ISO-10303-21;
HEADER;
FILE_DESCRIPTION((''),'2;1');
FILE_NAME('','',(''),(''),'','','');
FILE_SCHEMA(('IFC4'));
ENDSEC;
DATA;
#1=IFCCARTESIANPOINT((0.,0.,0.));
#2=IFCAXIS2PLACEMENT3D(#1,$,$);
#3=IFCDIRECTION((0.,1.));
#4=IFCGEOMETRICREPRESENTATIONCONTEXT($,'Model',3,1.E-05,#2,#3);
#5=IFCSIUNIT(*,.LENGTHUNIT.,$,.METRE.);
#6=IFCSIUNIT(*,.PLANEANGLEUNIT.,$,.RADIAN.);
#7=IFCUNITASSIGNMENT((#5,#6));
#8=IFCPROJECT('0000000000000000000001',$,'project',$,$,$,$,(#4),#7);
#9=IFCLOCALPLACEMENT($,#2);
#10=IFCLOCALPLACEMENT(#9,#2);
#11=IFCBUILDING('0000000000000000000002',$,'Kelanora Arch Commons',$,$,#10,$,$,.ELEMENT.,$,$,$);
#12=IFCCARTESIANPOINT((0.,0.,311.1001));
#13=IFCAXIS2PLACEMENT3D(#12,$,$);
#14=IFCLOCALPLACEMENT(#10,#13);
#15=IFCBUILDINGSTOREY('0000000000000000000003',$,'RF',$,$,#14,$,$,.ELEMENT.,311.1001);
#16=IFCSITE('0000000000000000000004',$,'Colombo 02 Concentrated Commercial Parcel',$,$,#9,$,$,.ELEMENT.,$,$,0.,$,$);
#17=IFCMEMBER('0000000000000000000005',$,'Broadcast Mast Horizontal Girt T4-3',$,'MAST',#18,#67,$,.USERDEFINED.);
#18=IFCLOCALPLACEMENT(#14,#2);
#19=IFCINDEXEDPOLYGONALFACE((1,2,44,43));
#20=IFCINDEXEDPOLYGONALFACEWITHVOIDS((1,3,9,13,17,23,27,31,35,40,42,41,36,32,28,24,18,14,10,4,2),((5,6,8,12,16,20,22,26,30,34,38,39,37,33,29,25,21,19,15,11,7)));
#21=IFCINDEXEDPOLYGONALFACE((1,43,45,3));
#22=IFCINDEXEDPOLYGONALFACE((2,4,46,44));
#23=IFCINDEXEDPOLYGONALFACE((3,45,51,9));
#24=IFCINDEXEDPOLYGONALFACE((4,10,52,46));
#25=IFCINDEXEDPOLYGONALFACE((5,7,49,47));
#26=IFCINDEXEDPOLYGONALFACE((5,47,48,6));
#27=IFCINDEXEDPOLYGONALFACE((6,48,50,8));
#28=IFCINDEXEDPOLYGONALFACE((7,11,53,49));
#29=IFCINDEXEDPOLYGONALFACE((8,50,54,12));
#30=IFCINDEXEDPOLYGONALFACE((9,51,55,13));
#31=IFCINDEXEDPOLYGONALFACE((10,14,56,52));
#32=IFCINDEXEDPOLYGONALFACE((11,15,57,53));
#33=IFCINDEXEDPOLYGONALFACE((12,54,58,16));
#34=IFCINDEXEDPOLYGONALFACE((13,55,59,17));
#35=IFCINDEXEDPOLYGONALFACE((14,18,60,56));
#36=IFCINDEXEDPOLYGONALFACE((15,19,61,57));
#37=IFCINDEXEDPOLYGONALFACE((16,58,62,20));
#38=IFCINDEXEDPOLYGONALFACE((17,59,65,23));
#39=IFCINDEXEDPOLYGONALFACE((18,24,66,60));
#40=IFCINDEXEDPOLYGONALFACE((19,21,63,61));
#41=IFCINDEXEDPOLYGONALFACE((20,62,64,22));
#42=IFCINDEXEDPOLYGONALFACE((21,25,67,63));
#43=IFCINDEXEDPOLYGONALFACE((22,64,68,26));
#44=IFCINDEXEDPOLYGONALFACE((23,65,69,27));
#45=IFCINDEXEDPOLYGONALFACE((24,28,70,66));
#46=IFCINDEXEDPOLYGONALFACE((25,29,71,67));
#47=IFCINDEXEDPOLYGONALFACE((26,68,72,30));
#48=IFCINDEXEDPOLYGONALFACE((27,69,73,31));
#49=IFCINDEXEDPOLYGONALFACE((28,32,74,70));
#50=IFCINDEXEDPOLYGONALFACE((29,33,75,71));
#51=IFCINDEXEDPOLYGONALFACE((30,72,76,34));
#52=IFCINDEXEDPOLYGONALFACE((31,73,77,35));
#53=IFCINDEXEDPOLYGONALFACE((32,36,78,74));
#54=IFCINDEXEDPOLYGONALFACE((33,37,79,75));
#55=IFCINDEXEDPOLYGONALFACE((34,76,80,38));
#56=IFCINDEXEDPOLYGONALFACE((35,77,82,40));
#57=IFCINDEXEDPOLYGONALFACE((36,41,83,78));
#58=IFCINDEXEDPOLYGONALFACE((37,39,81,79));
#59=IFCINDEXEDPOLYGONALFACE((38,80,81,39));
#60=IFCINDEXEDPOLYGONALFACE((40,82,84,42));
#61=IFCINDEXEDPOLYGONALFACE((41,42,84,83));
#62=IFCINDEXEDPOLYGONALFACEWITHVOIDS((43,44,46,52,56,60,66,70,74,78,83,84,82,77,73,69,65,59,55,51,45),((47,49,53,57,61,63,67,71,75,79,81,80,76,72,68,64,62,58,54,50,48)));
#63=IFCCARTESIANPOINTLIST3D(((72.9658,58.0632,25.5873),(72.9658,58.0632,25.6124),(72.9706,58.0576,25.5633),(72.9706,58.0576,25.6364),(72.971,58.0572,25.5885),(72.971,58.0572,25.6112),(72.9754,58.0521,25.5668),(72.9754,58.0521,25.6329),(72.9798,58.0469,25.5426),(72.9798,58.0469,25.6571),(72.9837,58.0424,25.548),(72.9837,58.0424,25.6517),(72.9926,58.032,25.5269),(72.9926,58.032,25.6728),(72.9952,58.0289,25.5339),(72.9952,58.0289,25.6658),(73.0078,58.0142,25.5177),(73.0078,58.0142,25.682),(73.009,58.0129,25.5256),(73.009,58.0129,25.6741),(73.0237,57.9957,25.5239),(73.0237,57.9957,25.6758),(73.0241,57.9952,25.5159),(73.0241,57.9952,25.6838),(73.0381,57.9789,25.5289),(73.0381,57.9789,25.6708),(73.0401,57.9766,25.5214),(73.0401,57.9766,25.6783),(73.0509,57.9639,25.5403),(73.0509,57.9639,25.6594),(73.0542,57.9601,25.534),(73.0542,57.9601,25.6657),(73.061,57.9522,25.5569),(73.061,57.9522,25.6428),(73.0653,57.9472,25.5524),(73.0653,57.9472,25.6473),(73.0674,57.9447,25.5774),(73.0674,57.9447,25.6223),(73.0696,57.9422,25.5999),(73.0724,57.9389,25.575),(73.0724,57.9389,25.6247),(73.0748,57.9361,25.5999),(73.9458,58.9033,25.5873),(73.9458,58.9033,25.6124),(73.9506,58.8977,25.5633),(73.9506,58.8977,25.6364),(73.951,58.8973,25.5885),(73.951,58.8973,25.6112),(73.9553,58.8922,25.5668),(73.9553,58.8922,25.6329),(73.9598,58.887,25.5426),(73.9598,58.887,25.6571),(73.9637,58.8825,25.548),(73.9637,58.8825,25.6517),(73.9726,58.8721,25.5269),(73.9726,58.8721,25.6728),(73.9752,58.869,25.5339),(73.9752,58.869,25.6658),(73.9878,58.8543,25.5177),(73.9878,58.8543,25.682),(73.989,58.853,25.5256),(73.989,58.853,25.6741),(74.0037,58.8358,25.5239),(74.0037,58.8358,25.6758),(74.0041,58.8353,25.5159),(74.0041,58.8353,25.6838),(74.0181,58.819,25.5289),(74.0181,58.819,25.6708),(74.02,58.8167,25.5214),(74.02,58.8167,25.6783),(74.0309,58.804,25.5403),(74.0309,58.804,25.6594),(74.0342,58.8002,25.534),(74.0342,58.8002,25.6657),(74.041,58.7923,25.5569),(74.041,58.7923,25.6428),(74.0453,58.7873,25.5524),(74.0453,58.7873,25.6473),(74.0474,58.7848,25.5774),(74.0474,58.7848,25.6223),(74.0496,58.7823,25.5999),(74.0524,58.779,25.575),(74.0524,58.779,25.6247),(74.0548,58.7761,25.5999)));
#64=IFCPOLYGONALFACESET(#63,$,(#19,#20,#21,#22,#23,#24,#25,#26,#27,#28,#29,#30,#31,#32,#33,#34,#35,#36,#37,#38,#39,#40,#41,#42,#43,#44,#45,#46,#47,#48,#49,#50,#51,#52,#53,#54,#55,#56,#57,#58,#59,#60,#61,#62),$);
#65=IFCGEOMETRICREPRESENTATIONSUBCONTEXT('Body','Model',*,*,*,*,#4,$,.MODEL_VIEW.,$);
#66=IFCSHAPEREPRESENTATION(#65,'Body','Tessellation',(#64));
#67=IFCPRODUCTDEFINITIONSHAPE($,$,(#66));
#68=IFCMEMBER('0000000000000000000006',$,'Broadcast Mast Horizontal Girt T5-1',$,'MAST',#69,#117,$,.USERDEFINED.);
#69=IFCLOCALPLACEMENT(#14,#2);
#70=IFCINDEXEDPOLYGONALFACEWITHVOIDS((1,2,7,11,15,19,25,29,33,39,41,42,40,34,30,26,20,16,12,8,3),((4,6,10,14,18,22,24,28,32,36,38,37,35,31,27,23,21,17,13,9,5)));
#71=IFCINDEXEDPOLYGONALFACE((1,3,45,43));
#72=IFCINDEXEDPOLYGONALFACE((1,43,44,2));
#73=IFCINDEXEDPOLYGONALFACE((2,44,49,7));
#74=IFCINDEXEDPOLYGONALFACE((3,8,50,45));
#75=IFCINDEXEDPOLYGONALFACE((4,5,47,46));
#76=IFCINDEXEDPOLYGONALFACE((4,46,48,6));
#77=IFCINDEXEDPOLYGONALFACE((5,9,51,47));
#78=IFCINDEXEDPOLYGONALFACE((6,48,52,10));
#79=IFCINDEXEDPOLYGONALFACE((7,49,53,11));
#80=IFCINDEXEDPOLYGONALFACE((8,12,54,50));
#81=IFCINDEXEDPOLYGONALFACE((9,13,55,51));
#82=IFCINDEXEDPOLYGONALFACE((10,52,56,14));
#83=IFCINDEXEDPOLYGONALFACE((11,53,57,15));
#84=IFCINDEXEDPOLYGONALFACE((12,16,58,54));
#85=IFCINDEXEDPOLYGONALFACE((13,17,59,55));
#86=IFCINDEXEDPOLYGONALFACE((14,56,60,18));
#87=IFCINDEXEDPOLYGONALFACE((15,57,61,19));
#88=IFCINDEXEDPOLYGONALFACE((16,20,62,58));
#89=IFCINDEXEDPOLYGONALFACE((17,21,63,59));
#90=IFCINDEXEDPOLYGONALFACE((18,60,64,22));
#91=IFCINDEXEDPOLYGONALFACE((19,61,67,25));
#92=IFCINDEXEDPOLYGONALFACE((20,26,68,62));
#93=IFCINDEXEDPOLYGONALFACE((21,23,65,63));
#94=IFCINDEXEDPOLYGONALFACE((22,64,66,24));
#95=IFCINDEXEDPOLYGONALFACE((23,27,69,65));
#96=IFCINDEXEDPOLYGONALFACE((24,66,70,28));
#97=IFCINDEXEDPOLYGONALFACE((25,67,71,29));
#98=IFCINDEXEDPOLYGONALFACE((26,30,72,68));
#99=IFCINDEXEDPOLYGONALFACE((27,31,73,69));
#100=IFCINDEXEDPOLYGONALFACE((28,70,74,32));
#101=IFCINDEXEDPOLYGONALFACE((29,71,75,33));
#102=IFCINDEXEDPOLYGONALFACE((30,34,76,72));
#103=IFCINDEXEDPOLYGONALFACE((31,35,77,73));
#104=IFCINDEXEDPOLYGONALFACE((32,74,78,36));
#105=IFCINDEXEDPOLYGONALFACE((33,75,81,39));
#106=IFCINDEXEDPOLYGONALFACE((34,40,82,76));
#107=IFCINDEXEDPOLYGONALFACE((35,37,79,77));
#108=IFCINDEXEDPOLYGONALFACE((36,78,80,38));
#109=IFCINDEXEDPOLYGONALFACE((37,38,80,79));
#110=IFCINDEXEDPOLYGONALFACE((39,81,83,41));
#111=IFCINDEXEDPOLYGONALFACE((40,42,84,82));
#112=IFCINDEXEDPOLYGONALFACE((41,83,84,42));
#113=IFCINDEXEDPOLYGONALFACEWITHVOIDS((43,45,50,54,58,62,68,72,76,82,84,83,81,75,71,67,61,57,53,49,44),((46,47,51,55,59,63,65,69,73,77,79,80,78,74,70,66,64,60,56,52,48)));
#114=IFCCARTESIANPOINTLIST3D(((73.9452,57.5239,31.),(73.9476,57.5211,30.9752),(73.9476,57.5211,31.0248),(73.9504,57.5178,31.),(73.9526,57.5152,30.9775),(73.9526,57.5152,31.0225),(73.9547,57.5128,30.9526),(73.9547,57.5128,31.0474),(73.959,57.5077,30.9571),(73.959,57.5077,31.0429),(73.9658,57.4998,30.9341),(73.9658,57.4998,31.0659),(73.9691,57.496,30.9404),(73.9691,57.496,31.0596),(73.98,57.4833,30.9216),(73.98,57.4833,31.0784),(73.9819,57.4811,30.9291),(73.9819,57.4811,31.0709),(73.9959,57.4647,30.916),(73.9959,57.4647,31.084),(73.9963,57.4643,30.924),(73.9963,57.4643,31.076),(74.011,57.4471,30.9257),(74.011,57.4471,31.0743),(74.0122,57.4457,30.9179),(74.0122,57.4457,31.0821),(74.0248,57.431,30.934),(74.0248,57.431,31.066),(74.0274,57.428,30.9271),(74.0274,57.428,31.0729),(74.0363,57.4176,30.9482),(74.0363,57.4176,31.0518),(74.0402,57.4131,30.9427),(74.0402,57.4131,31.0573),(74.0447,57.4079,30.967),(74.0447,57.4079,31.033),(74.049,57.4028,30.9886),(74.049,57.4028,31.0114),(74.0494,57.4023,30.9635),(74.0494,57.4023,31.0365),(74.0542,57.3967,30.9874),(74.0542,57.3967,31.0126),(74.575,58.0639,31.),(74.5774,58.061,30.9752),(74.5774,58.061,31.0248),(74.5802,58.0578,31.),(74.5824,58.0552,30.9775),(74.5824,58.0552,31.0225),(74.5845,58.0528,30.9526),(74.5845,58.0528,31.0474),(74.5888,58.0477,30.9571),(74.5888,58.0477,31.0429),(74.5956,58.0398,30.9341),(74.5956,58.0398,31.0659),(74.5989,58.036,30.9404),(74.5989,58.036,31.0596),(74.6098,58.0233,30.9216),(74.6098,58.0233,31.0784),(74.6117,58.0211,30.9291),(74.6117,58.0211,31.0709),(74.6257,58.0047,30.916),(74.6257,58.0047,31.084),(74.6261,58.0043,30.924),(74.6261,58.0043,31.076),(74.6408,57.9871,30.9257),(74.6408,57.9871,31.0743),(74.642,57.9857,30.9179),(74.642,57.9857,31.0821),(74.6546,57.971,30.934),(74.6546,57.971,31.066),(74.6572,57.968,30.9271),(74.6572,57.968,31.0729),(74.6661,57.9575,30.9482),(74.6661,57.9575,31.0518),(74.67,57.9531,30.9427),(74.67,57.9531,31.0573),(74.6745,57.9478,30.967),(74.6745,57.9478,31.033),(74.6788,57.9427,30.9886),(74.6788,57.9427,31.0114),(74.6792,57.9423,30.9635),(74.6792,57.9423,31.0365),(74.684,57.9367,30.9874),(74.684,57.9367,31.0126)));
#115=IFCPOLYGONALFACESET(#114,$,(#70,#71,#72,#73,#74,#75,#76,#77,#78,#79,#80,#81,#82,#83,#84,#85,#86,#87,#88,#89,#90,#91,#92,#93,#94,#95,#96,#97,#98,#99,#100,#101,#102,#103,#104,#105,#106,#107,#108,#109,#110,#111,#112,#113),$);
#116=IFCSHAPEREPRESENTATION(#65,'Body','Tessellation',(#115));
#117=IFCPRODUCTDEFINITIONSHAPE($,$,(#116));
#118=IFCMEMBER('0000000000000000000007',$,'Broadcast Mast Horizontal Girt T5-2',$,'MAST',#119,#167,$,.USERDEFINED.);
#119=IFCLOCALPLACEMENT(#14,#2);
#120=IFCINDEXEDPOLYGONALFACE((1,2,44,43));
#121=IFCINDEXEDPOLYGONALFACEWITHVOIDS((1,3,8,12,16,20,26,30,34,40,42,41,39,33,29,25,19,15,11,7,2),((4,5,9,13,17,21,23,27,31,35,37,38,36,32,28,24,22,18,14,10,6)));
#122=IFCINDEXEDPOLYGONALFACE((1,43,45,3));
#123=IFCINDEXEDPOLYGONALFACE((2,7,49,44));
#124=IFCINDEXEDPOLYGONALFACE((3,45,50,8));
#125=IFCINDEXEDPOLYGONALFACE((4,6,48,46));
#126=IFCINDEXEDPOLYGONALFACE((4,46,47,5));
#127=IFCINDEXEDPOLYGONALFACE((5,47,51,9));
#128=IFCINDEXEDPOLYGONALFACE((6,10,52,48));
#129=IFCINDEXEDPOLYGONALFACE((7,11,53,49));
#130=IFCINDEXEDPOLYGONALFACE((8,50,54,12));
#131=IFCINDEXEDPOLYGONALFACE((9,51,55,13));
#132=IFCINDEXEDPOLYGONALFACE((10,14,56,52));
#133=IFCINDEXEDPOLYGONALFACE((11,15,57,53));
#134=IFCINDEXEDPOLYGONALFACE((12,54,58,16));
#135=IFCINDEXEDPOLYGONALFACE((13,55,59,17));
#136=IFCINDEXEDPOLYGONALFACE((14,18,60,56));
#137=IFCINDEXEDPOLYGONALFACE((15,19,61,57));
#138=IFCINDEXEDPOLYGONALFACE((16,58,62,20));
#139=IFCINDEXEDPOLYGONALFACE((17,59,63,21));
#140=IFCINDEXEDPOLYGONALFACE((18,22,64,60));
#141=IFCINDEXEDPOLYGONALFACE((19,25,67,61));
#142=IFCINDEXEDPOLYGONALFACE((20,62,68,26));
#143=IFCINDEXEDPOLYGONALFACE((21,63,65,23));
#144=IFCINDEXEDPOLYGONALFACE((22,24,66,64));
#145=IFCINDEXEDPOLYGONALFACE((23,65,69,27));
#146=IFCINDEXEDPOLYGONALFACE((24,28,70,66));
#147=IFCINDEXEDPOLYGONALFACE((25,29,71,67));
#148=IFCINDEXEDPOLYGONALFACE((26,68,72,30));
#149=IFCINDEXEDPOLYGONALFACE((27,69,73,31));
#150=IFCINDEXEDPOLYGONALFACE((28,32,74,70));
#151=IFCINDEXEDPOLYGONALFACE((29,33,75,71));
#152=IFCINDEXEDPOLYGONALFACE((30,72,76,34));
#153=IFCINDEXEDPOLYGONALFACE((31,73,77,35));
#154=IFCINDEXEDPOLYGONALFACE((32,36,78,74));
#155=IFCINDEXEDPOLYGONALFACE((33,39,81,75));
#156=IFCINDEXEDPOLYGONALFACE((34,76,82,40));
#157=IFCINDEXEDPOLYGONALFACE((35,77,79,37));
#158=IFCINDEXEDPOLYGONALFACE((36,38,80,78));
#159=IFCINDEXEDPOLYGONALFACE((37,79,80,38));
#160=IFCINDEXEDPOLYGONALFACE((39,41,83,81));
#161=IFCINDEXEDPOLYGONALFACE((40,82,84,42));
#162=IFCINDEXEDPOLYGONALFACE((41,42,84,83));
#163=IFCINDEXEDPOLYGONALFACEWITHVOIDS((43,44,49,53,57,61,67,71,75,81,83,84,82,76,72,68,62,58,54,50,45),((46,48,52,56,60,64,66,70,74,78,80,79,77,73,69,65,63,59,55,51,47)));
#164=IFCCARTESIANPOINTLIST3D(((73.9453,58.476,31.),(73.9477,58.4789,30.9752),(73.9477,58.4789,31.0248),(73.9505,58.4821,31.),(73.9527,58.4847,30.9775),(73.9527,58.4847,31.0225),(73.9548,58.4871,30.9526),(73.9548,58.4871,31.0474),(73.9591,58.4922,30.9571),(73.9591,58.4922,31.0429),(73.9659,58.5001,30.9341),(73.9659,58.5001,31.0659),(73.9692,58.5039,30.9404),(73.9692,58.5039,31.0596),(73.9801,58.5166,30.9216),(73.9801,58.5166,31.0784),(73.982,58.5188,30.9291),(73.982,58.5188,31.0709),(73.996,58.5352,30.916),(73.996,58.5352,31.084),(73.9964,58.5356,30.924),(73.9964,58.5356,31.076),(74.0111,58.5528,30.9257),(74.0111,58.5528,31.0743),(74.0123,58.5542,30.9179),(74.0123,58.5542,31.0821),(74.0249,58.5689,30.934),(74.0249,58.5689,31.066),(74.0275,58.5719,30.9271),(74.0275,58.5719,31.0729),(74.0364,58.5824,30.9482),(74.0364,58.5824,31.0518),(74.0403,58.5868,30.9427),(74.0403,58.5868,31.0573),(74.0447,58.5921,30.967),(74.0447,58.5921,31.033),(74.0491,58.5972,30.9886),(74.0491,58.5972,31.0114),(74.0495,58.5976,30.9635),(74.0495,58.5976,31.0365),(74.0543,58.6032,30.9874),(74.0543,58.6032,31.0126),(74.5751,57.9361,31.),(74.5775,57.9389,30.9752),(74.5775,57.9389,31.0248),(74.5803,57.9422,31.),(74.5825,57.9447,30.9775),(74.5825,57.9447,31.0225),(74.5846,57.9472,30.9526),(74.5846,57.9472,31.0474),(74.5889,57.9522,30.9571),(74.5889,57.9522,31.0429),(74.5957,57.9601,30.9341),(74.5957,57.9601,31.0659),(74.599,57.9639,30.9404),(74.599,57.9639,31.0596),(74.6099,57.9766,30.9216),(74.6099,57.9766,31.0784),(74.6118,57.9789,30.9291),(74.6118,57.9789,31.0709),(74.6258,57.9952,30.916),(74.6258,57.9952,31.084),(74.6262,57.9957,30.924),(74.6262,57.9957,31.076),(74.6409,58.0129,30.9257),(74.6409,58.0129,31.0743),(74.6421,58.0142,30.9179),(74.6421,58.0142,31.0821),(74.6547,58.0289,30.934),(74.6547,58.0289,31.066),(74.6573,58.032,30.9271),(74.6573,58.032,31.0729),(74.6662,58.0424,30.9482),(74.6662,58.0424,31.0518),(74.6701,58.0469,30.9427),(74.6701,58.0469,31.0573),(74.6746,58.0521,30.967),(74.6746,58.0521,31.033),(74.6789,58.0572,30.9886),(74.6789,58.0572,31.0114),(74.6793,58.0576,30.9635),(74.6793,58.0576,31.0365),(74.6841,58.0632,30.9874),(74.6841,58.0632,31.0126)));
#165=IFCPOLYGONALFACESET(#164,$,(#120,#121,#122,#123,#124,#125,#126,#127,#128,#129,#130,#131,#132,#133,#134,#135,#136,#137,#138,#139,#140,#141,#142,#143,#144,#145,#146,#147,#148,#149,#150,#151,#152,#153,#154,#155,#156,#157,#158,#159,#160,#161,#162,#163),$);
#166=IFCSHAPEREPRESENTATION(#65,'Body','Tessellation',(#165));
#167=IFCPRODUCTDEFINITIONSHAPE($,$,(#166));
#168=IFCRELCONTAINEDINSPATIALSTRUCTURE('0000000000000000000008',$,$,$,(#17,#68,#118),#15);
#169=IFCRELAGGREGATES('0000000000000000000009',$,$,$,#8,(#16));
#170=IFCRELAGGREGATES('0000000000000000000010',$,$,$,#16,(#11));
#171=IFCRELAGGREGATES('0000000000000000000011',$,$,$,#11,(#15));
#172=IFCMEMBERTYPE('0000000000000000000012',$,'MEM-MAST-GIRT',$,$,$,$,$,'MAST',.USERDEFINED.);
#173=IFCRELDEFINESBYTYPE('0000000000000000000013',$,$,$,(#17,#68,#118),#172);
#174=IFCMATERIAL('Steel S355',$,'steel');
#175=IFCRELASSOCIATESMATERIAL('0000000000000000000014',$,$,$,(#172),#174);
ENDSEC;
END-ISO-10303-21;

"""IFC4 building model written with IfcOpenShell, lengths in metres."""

from ifc_helpers import new_model, si_unit, direction, frame, origin, origin_2d, place, context, subcontext, project, spatial, hollow_circle, extrude, material, material_profile, profile_set, type_object, element, save


model = new_model("IFC4")

# Units and contexts
model_context = context("Model", 3, precision=1e-05, world=origin(), true_north=direction((0.0, 1.0)))
body_context = subcontext(model_context, "Body", "Model", "MODEL_VIEW")
ifc_project = project(units=[si_unit("LENGTHUNIT", "METRE"), si_unit("PLANEANGLEUNIT", "RADIAN")], contexts=[model_context])

# Site, building, storey
site_placement = place(None, origin())
site = spatial("IfcSite", under=ifc_project, at=site_placement, Name="Colombo 02 Concentrated Commercial Parcel", CompositionType="ELEMENT", RefElevation=0.0)
building_placement = place(site_placement, origin())
building = spatial("IfcBuilding", under=site, at=building_placement, Name="Kelanora Arch Commons", CompositionType="ELEMENT")
storey_placement = place(building_placement, frame((0.0, 0.0, 311.1001)))
storey = spatial("IfcBuildingStorey", under=building, at=storey_placement, Name="RF", CompositionType="ELEMENT", Elevation=311.1001)

# Members
ifc_material = material(Name="Steel S355", Category="steel")
ifc_material_profile_1 = material_profile(ifc_material, hollow_circle(Radius=0.0842, WallThickness=0.0081, at=origin_2d()), Name="CHS168.3x8")
ifc_profile_set_1 = profile_set([ifc_material_profile_1], Name="Steel S355")
member_type_1 = type_object("IfcMemberType", Name="MEM-MAST-GIRT", ElementType="MAST", PredefinedType="USERDEFINED", material=ifc_profile_set_1)
for number, where, z_axis, x_axis, name in (
    (1, (74.0, 58.8401, 25.5999), (-0.759217, -0.650838, 0.0), (0.650838, -0.759217, 0.0), "Broadcast Mast Horizontal Girt T4-3"),
):
    element("IfcMember", number, at=place(storey_placement, frame(where, z_axis=z_axis, x_axis=x_axis)), inside=storey, type_object=member_type_1, Name=name, ObjectType="MAST", PredefinedType="USERDEFINED", context=body_context, shape_type="SweptSolid", body=[
        extrude(hollow_circle(Radius=0.0842, WallThickness=0.0081, at=origin_2d()), origin(), (0.0, 0.0, 1.0), 1.2908),
    ])
for number, where, z_axis, x_axis, name in (
    (2, (74.0, 57.46, 31.0), (0.759174, 0.650888, 0.0), (-0.650888, 0.759174, 0.0), "Broadcast Mast Horizontal Girt T5-1"),
    (3, (74.6299, 58.0, 31.0), (-0.759174, 0.650888, 0.0), (-0.650888, -0.759174, 0.0), "Broadcast Mast Horizontal Girt T5-2"),
):
    element("IfcMember", number, at=place(storey_placement, frame(where, z_axis=z_axis, x_axis=x_axis)), inside=storey, type_object=member_type_1, Name=name, ObjectType="MAST", PredefinedType="USERDEFINED", context=body_context, shape_type="SweptSolid", body=[
        extrude(hollow_circle(Radius=0.0842, WallThickness=0.0081, at=origin_2d()), origin(), (0.0, 0.0, 1.0), 0.8296),
    ])

save(model, "model.ifc")
